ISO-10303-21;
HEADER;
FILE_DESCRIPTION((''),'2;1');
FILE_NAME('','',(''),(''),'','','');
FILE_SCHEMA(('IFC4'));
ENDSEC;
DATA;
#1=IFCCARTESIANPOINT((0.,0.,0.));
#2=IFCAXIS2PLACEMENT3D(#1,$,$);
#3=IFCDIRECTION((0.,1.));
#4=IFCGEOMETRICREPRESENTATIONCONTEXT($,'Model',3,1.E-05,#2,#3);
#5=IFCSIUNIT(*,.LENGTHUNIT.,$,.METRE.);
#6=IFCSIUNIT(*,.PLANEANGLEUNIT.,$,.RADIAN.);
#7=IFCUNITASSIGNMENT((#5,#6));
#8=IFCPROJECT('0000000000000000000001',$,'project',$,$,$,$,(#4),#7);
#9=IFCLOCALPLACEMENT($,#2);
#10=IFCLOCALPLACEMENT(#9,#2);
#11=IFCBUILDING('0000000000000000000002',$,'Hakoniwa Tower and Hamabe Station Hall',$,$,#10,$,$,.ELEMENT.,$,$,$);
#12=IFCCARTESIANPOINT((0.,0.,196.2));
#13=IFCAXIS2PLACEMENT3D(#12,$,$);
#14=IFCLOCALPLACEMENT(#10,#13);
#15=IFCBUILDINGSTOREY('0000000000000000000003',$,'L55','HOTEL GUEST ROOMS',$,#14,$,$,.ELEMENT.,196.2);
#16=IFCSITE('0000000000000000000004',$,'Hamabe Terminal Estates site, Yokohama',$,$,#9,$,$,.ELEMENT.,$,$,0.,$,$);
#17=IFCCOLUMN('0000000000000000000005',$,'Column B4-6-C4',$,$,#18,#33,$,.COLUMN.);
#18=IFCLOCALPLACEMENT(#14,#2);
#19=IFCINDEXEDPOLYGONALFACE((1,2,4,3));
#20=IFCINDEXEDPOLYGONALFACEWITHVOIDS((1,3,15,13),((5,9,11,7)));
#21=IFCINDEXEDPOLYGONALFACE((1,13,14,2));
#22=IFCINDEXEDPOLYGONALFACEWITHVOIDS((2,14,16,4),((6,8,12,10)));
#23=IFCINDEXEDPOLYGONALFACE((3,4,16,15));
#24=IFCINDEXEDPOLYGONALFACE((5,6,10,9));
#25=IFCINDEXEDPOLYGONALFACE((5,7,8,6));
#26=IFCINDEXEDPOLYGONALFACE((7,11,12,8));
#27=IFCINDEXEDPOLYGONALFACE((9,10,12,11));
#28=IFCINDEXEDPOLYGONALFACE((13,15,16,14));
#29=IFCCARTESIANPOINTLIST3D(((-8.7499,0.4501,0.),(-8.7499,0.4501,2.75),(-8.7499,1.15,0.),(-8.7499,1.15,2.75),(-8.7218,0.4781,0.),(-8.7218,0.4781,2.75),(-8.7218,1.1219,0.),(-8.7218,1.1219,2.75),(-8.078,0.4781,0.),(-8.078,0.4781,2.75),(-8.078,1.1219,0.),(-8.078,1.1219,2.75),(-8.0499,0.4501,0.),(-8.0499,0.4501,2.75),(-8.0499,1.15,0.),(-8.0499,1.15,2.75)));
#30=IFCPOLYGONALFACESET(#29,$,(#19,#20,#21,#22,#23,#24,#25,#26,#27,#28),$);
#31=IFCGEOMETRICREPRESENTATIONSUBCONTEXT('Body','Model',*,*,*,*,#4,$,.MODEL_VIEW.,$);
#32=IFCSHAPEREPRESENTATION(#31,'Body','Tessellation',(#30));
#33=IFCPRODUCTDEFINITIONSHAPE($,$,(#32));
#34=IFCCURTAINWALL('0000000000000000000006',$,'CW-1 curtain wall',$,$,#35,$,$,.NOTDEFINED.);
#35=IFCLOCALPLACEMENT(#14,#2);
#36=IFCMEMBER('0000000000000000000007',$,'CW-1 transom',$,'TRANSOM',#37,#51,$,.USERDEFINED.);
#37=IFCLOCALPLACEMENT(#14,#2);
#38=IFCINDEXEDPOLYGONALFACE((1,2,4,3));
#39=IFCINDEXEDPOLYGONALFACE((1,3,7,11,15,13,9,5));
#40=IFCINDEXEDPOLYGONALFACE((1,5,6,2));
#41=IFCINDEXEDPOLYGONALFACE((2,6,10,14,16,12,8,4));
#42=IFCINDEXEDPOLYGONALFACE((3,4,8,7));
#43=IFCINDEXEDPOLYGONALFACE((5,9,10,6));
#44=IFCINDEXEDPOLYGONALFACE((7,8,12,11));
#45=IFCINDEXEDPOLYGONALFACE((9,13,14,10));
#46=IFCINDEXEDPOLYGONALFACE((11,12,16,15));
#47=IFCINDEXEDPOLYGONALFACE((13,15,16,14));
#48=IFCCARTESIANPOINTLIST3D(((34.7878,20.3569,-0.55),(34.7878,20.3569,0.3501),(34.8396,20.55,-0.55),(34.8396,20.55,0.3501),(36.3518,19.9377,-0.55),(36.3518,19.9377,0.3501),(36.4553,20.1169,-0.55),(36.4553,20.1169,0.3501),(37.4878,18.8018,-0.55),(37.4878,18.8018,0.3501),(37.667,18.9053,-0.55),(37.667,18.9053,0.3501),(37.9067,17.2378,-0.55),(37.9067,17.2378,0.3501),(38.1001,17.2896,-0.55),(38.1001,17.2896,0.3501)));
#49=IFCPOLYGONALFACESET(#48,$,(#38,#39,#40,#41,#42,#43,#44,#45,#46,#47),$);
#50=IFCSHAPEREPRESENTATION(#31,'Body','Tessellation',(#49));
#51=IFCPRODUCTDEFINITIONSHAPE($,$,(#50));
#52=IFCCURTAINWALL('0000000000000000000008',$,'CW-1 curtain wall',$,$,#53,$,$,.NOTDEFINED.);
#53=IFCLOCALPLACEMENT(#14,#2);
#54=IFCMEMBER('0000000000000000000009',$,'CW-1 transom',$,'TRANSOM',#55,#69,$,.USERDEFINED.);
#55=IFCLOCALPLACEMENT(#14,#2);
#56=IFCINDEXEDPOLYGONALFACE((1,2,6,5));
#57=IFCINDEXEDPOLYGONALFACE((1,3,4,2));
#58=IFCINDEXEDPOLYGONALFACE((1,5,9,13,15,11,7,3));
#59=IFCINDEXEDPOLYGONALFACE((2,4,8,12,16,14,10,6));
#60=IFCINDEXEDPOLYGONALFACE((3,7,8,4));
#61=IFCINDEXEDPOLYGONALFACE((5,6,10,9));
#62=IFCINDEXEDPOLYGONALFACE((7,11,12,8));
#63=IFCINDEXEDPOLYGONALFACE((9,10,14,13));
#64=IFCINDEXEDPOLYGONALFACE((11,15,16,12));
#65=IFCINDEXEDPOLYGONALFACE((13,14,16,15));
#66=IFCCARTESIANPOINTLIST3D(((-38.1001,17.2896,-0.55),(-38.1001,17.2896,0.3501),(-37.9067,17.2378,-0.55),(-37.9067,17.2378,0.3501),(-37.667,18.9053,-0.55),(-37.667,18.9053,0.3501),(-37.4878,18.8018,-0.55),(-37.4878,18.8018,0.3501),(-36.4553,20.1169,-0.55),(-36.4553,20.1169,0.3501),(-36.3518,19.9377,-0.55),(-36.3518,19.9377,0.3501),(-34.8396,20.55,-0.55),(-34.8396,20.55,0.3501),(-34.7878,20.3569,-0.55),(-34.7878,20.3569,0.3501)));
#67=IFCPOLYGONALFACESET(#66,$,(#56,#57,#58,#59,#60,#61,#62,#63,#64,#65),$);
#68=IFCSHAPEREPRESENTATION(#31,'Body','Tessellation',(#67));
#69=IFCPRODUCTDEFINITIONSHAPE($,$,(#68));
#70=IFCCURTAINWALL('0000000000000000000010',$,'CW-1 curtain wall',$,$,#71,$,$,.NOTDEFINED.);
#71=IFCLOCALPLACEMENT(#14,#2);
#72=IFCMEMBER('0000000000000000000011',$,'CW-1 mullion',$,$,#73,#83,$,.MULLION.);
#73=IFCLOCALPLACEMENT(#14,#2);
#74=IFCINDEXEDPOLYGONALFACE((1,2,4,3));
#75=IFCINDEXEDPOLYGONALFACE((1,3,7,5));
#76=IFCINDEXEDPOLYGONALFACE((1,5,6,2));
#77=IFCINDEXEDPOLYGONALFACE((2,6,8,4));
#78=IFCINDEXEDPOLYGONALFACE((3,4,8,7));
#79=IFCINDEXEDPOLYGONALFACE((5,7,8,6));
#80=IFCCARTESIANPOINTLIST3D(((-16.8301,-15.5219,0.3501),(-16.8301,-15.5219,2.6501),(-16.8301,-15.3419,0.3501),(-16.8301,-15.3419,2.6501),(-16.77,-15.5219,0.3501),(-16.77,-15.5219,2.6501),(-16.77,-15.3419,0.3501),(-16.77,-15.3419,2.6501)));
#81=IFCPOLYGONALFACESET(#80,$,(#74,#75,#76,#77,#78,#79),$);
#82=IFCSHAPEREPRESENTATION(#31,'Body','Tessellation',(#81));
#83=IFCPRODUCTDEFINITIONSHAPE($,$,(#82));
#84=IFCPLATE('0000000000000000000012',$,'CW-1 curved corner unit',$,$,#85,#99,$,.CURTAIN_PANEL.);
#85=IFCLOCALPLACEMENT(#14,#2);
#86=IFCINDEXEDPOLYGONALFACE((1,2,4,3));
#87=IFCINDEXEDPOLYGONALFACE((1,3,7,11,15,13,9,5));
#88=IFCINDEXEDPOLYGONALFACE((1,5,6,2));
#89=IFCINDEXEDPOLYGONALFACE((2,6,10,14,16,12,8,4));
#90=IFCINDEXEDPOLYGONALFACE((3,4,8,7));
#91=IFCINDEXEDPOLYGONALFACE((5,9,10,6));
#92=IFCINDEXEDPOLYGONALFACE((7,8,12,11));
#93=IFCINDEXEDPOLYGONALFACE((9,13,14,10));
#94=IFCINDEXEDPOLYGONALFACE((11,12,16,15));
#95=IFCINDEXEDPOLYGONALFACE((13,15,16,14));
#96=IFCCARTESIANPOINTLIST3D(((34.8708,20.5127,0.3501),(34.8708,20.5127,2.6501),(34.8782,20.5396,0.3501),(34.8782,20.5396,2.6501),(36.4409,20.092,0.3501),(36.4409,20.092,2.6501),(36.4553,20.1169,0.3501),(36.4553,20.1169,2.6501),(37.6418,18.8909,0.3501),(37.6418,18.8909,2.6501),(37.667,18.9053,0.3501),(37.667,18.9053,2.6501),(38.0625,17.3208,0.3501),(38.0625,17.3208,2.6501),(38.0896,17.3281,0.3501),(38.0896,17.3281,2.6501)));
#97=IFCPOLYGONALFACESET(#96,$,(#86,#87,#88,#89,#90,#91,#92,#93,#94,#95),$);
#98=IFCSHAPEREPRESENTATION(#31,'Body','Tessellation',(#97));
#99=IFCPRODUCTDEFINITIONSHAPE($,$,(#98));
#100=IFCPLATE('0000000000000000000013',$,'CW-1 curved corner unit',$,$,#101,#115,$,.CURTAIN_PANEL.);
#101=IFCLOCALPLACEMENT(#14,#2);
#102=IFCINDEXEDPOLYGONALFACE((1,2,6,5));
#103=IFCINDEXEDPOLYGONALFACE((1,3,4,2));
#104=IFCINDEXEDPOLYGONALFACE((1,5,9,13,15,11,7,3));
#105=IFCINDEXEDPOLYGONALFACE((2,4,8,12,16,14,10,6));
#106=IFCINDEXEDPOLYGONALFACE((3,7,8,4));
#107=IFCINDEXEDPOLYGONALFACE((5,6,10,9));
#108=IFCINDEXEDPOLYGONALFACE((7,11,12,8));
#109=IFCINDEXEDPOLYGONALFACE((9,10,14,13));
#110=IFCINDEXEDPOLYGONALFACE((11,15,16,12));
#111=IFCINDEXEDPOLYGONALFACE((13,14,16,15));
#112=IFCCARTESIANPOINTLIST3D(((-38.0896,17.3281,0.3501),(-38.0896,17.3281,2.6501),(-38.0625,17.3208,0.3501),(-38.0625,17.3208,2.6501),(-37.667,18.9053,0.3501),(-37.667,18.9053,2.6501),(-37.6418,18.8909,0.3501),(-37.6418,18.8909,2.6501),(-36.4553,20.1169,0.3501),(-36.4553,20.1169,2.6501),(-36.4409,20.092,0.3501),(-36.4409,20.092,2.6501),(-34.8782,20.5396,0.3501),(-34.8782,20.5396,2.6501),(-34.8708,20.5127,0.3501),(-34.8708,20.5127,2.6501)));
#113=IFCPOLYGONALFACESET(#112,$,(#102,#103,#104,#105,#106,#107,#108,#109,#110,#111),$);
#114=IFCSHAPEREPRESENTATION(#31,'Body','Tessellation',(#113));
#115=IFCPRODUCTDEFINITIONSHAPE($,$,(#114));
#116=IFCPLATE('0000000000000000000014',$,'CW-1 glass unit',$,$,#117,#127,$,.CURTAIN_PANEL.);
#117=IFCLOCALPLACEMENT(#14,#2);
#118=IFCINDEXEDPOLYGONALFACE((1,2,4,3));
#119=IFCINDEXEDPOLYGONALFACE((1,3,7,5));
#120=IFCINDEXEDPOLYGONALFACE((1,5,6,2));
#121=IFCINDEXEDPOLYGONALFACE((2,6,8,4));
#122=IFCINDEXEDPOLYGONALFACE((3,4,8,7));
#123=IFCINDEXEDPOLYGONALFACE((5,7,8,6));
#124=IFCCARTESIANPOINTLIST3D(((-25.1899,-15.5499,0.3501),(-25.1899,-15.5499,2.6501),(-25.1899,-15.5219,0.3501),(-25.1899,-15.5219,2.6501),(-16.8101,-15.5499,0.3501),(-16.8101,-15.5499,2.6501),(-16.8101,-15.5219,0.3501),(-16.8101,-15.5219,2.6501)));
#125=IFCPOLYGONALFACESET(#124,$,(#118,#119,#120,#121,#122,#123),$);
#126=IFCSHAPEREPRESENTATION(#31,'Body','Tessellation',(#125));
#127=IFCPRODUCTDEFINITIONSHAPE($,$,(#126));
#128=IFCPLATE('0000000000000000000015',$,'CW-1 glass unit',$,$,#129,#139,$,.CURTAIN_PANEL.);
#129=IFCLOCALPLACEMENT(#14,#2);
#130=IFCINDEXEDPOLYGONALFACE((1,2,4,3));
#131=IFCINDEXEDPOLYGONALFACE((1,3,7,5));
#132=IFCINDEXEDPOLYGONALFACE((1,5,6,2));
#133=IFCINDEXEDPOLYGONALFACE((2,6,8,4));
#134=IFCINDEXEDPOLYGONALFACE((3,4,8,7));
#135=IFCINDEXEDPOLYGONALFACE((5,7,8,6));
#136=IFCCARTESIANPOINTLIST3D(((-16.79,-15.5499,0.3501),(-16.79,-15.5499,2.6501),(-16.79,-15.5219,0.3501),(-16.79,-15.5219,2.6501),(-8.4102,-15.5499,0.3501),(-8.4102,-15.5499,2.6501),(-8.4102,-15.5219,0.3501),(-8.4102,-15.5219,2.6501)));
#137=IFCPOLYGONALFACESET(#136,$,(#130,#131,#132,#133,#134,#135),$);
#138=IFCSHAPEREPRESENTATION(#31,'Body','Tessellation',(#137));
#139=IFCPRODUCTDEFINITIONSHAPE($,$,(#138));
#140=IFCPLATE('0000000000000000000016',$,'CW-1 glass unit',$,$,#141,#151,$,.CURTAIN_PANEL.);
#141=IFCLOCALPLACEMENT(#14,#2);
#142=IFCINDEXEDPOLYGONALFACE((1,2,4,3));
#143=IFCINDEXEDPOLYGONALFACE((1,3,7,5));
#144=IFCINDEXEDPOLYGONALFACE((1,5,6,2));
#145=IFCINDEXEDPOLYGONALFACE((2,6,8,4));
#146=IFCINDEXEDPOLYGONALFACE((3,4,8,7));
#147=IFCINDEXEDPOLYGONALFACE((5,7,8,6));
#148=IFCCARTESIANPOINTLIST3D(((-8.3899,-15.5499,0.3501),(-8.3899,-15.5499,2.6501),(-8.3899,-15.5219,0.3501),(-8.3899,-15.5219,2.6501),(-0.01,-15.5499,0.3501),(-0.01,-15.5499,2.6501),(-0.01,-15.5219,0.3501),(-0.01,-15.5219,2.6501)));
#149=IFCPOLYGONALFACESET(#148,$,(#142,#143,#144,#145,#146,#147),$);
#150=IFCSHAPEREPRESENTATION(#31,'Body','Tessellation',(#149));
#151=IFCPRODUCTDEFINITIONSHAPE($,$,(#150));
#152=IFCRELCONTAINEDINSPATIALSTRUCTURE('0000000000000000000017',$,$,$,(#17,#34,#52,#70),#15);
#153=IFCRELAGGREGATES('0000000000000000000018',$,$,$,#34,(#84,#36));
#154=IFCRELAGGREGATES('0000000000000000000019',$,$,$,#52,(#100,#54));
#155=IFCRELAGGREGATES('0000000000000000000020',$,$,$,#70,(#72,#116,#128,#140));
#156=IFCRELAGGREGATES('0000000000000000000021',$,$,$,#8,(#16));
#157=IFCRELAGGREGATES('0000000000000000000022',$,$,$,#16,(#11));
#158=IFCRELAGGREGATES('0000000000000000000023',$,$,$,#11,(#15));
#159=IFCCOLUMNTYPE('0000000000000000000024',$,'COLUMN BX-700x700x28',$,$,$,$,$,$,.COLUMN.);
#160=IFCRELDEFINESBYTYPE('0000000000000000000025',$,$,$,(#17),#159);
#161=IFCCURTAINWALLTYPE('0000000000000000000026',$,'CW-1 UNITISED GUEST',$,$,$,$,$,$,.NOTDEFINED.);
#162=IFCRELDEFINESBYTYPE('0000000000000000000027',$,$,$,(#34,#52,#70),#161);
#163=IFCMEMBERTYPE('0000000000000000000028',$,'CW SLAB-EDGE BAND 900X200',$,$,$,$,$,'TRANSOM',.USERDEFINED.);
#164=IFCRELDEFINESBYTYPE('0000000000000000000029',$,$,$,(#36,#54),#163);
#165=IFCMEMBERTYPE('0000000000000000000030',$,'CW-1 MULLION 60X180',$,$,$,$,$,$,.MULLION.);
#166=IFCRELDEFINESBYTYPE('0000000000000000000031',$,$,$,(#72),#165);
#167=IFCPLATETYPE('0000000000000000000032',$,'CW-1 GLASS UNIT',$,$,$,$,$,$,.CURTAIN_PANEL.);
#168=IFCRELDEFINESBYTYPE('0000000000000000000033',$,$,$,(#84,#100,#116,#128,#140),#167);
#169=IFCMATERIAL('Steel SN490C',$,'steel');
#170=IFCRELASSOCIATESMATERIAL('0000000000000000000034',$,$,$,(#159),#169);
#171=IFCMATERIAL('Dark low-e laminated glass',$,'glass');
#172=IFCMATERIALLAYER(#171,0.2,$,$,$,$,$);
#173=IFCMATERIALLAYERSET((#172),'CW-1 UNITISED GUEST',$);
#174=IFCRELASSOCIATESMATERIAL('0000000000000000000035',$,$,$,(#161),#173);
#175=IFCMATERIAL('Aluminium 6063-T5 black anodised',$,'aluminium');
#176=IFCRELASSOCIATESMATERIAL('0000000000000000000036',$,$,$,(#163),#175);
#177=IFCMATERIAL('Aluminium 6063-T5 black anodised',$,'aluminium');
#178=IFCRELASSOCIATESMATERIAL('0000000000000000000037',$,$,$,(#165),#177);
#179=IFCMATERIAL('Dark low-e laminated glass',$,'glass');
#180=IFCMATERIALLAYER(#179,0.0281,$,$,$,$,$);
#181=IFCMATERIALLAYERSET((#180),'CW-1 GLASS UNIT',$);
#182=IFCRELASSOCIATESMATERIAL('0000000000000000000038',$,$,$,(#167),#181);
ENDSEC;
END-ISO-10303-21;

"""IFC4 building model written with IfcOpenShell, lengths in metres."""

from ifc_helpers import new_model, si_unit, direction, frame, origin, origin_2d, place, context, subcontext, project, spatial, polyline, rectangle, hollow_rectangle, outline, extrude, material, layer, layer_set, material_profile, profile_set, type_object, element, aggregate, save


model = new_model("IFC4")

# Units and contexts
model_context = context("Model", 3, precision=1e-05, world=origin(), true_north=direction((0.0, 1.0)))
body_context = subcontext(model_context, "Body", "Model", "MODEL_VIEW")
ifc_project = project(units=[si_unit("LENGTHUNIT", "METRE"), si_unit("PLANEANGLEUNIT", "RADIAN")], contexts=[model_context])

# Site, building, storey
site_placement = place(None, origin())
site = spatial("IfcSite", under=ifc_project, at=site_placement, Name="Hamabe Terminal Estates site, Yokohama", CompositionType="ELEMENT", RefElevation=0.0)
building_placement = place(site_placement, origin())
building = spatial("IfcBuilding", under=site, at=building_placement, Name="Hakoniwa Tower and Hamabe Station Hall", CompositionType="ELEMENT")
storey_placement = place(building_placement, frame((0.0, 0.0, 196.2)))
storey = spatial("IfcBuildingStorey", under=building, at=storey_placement, Name="L55", Description="HOTEL GUEST ROOMS", CompositionType="ELEMENT", Elevation=196.2)

# Column
ifc_material_1 = material(Name="Steel SN490C", Category="steel")
ifc_material_profile_1 = material_profile(ifc_material_1, hollow_rectangle(XDim=0.7, YDim=0.7, WallThickness=0.0281, at=origin_2d()), Name="BX-700x700x28")
ifc_profile_set_1 = profile_set([ifc_material_profile_1], Name="Steel SN490C")
column_type_1 = type_object("IfcColumnType", Name="COLUMN BX-700x700x28", PredefinedType="COLUMN", material=ifc_profile_set_1)
column_placement = place(storey_placement, frame((-8.3999, 0.8, 0.0), z_axis=(0.0, 0.0, 1.0), x_axis=(1.0, 0.0, 0.0)))
element("IfcColumn", 1, at=column_placement, inside=storey, type_object=column_type_1, Name="Column B4-6-C4", PredefinedType="COLUMN", context=body_context, shape_type="SweptSolid", body=[
    extrude(hollow_rectangle(XDim=0.7, YDim=0.7, WallThickness=0.0281, at=origin_2d()), origin(), (0.0, 0.0, 1.0), 2.75),
])

# Curtain walls, members
ifc_material_2 = material(Name="Dark low-e laminated glass", Category="glass")
ifc_layer_1 = layer(ifc_material_2, 0.2)
ifc_layer_set_1 = layer_set([ifc_layer_1], Name="CW-1 UNITISED GUEST")
curtain_wall_type = type_object("IfcCurtainWallType", Name="CW-1 UNITISED GUEST", PredefinedType="NOTDEFINED", material=ifc_layer_set_1)
curtain_wall_1_placement = place(storey_placement, origin())
curtain_wall_1 = element("IfcCurtainWall", 2, at=curtain_wall_1_placement, inside=storey, type_object=curtain_wall_type, Name="CW-1 curtain wall", PredefinedType="NOTDEFINED")
ifc_material_3 = material(Name="Aluminium 6063-T5 black anodised", Category="aluminium")
ifc_material_profile_2 = material_profile(ifc_material_3, rectangle(XDim=0.2, YDim=0.8999, at=origin_2d()), Name="CW SLAB-EDGE BAND 900X200")
ifc_profile_set_2 = profile_set([ifc_material_profile_2], Name="Aluminium 6063-T5 black anodised")
member_type_1 = type_object("IfcMemberType", Name="CW SLAB-EDGE BAND 900X200", ElementType="TRANSOM", PredefinedType="USERDEFINED", material=ifc_profile_set_2)
member_1_placement = place(storey_placement, frame((0.0, 0.0, -0.55)))
member_1 = element("IfcMember", 3, at=member_1_placement, type_object=member_type_1, Name="CW-1 transom", ObjectType="TRANSOM", PredefinedType="USERDEFINED", context=body_context, shape_type="SweptSolid", body=[
    extrude(outline(polyline([(38.1001, 17.2896), (37.667, 18.9053), (36.4553, 20.1169), (34.8396, 20.55), (34.7878, 20.3569), (36.3518, 19.9377), (37.4878, 18.8018), (37.9067, 17.2378), (38.1001, 17.2896)])), origin(), (0.0, 0.0, 1.0), 0.9001),
])
curtain_wall_2_placement = place(storey_placement, origin())
curtain_wall_2 = element("IfcCurtainWall", 4, at=curtain_wall_2_placement, inside=storey, type_object=curtain_wall_type, Name="CW-1 curtain wall", PredefinedType="NOTDEFINED")
member_2_placement = place(storey_placement, frame((0.0, 0.0, -0.55)))
member_2 = element("IfcMember", 5, at=member_2_placement, type_object=member_type_1, Name="CW-1 transom", ObjectType="TRANSOM", PredefinedType="USERDEFINED", context=body_context, shape_type="SweptSolid", body=[
    extrude(outline(polyline([(-34.8396, 20.55), (-36.4553, 20.1169), (-37.667, 18.9053), (-38.1001, 17.2896), (-37.9067, 17.2378), (-37.4878, 18.8018), (-36.3518, 19.9377), (-34.7878, 20.3569), (-34.8396, 20.55)])), origin(), (0.0, 0.0, 1.0), 0.9001),
])
curtain_wall_3_placement = place(storey_placement, origin())
curtain_wall_3 = element("IfcCurtainWall", 6, at=curtain_wall_3_placement, inside=storey, type_object=curtain_wall_type, Name="CW-1 curtain wall", PredefinedType="NOTDEFINED")
ifc_material_4 = material(Name="Aluminium 6063-T5 black anodised", Category="aluminium")
ifc_material_profile_3 = material_profile(ifc_material_4, rectangle(XDim=0.0601, YDim=0.1799, at=origin_2d()), Name="CW-1 MULLION 60X180")
ifc_profile_set_3 = profile_set([ifc_material_profile_3], Name="Aluminium 6063-T5 black anodised")
member_type_2 = type_object("IfcMemberType", Name="CW-1 MULLION 60X180", PredefinedType="MULLION", material=ifc_profile_set_3)
member_3_placement = place(storey_placement, frame((-16.8, -15.4319, 0.3501), z_axis=(0.0, 0.0, 1.0), x_axis=(1.0, 0.0, 0.0)))
member_3 = element("IfcMember", 7, at=member_3_placement, type_object=member_type_2, Name="CW-1 mullion", PredefinedType="MULLION", context=body_context, shape_type="SweptSolid", body=[
    extrude(rectangle(XDim=0.0601, YDim=0.1799, at=origin_2d()), origin(), (0.0, 0.0, 1.0), 2.3),
])

# Plates
ifc_material_5 = material(Name="Dark low-e laminated glass", Category="glass")
ifc_layer_2 = layer(ifc_material_5, 0.0281)
ifc_layer_set_2 = layer_set([ifc_layer_2], Name="CW-1 GLASS UNIT")
plate_type = type_object("IfcPlateType", Name="CW-1 GLASS UNIT", PredefinedType="CURTAIN_PANEL", material=ifc_layer_set_2)
plate_1_placement = place(storey_placement, frame((0.0, 0.0, 0.3501)))
plate_1 = element("IfcPlate", 8, at=plate_1_placement, type_object=plate_type, Name="CW-1 curved corner unit", PredefinedType="CURTAIN_PANEL", context=body_context, shape_type="SweptSolid", body=[
    extrude(outline(polyline([(38.0896, 17.3281), (37.667, 18.9053), (36.4553, 20.1169), (34.8782, 20.5396), (34.8708, 20.5127), (36.4409, 20.092), (37.6418, 18.8909), (38.0625, 17.3208), (38.0896, 17.3281)])), origin(), (0.0, 0.0, 1.0), 2.3),
])
aggregate(curtain_wall_1, [plate_1, member_1])
plate_2_placement = place(storey_placement, frame((0.0, 0.0, 0.3501)))
plate_2 = element("IfcPlate", 9, at=plate_2_placement, type_object=plate_type, Name="CW-1 curved corner unit", PredefinedType="CURTAIN_PANEL", context=body_context, shape_type="SweptSolid", body=[
    extrude(outline(polyline([(-34.8782, 20.5396), (-36.4553, 20.1169), (-37.667, 18.9053), (-38.0896, 17.3281), (-38.0625, 17.3208), (-37.6418, 18.8909), (-36.4409, 20.092), (-34.8708, 20.5127), (-34.8782, 20.5396)])), origin(), (0.0, 0.0, 1.0), 2.3),
])
aggregate(curtain_wall_2, [plate_2, member_2])
plate_3_placement = place(storey_placement, frame((-21.0, -15.5359, 0.3501), z_axis=(0.0, 0.0, 1.0), x_axis=(1.0, 0.0, 0.0)))
plate_3 = element("IfcPlate", 10, at=plate_3_placement, type_object=plate_type, Name="CW-1 glass unit", PredefinedType="CURTAIN_PANEL", context=body_context, shape_type="SweptSolid", body=[
    extrude(rectangle(XDim=8.3799, YDim=0.0281, at=origin_2d()), origin(), (0.0, 0.0, 1.0), 2.3),
])
plate_4_placement = place(storey_placement, frame((-12.6001, -15.5359, 0.3501), z_axis=(0.0, 0.0, 1.0), x_axis=(1.0, 0.0, 0.0)))
plate_4 = element("IfcPlate", 11, at=plate_4_placement, type_object=plate_type, Name="CW-1 glass unit", PredefinedType="CURTAIN_PANEL", context=body_context, shape_type="SweptSolid", body=[
    extrude(rectangle(XDim=8.3799, YDim=0.0281, at=origin_2d()), origin(), (0.0, 0.0, 1.0), 2.3),
])
plate_5_placement = place(storey_placement, frame((-4.2, -15.5359, 0.3501), z_axis=(0.0, 0.0, 1.0), x_axis=(1.0, 0.0, 0.0)))
plate_5 = element("IfcPlate", 12, at=plate_5_placement, type_object=plate_type, Name="CW-1 glass unit", PredefinedType="CURTAIN_PANEL", context=body_context, shape_type="SweptSolid", body=[
    extrude(rectangle(XDim=8.3799, YDim=0.0281, at=origin_2d()), origin(), (0.0, 0.0, 1.0), 2.3),
])
aggregate(curtain_wall_3, [member_3, plate_3, plate_4, plate_5])

save(model, "model.ifc")
